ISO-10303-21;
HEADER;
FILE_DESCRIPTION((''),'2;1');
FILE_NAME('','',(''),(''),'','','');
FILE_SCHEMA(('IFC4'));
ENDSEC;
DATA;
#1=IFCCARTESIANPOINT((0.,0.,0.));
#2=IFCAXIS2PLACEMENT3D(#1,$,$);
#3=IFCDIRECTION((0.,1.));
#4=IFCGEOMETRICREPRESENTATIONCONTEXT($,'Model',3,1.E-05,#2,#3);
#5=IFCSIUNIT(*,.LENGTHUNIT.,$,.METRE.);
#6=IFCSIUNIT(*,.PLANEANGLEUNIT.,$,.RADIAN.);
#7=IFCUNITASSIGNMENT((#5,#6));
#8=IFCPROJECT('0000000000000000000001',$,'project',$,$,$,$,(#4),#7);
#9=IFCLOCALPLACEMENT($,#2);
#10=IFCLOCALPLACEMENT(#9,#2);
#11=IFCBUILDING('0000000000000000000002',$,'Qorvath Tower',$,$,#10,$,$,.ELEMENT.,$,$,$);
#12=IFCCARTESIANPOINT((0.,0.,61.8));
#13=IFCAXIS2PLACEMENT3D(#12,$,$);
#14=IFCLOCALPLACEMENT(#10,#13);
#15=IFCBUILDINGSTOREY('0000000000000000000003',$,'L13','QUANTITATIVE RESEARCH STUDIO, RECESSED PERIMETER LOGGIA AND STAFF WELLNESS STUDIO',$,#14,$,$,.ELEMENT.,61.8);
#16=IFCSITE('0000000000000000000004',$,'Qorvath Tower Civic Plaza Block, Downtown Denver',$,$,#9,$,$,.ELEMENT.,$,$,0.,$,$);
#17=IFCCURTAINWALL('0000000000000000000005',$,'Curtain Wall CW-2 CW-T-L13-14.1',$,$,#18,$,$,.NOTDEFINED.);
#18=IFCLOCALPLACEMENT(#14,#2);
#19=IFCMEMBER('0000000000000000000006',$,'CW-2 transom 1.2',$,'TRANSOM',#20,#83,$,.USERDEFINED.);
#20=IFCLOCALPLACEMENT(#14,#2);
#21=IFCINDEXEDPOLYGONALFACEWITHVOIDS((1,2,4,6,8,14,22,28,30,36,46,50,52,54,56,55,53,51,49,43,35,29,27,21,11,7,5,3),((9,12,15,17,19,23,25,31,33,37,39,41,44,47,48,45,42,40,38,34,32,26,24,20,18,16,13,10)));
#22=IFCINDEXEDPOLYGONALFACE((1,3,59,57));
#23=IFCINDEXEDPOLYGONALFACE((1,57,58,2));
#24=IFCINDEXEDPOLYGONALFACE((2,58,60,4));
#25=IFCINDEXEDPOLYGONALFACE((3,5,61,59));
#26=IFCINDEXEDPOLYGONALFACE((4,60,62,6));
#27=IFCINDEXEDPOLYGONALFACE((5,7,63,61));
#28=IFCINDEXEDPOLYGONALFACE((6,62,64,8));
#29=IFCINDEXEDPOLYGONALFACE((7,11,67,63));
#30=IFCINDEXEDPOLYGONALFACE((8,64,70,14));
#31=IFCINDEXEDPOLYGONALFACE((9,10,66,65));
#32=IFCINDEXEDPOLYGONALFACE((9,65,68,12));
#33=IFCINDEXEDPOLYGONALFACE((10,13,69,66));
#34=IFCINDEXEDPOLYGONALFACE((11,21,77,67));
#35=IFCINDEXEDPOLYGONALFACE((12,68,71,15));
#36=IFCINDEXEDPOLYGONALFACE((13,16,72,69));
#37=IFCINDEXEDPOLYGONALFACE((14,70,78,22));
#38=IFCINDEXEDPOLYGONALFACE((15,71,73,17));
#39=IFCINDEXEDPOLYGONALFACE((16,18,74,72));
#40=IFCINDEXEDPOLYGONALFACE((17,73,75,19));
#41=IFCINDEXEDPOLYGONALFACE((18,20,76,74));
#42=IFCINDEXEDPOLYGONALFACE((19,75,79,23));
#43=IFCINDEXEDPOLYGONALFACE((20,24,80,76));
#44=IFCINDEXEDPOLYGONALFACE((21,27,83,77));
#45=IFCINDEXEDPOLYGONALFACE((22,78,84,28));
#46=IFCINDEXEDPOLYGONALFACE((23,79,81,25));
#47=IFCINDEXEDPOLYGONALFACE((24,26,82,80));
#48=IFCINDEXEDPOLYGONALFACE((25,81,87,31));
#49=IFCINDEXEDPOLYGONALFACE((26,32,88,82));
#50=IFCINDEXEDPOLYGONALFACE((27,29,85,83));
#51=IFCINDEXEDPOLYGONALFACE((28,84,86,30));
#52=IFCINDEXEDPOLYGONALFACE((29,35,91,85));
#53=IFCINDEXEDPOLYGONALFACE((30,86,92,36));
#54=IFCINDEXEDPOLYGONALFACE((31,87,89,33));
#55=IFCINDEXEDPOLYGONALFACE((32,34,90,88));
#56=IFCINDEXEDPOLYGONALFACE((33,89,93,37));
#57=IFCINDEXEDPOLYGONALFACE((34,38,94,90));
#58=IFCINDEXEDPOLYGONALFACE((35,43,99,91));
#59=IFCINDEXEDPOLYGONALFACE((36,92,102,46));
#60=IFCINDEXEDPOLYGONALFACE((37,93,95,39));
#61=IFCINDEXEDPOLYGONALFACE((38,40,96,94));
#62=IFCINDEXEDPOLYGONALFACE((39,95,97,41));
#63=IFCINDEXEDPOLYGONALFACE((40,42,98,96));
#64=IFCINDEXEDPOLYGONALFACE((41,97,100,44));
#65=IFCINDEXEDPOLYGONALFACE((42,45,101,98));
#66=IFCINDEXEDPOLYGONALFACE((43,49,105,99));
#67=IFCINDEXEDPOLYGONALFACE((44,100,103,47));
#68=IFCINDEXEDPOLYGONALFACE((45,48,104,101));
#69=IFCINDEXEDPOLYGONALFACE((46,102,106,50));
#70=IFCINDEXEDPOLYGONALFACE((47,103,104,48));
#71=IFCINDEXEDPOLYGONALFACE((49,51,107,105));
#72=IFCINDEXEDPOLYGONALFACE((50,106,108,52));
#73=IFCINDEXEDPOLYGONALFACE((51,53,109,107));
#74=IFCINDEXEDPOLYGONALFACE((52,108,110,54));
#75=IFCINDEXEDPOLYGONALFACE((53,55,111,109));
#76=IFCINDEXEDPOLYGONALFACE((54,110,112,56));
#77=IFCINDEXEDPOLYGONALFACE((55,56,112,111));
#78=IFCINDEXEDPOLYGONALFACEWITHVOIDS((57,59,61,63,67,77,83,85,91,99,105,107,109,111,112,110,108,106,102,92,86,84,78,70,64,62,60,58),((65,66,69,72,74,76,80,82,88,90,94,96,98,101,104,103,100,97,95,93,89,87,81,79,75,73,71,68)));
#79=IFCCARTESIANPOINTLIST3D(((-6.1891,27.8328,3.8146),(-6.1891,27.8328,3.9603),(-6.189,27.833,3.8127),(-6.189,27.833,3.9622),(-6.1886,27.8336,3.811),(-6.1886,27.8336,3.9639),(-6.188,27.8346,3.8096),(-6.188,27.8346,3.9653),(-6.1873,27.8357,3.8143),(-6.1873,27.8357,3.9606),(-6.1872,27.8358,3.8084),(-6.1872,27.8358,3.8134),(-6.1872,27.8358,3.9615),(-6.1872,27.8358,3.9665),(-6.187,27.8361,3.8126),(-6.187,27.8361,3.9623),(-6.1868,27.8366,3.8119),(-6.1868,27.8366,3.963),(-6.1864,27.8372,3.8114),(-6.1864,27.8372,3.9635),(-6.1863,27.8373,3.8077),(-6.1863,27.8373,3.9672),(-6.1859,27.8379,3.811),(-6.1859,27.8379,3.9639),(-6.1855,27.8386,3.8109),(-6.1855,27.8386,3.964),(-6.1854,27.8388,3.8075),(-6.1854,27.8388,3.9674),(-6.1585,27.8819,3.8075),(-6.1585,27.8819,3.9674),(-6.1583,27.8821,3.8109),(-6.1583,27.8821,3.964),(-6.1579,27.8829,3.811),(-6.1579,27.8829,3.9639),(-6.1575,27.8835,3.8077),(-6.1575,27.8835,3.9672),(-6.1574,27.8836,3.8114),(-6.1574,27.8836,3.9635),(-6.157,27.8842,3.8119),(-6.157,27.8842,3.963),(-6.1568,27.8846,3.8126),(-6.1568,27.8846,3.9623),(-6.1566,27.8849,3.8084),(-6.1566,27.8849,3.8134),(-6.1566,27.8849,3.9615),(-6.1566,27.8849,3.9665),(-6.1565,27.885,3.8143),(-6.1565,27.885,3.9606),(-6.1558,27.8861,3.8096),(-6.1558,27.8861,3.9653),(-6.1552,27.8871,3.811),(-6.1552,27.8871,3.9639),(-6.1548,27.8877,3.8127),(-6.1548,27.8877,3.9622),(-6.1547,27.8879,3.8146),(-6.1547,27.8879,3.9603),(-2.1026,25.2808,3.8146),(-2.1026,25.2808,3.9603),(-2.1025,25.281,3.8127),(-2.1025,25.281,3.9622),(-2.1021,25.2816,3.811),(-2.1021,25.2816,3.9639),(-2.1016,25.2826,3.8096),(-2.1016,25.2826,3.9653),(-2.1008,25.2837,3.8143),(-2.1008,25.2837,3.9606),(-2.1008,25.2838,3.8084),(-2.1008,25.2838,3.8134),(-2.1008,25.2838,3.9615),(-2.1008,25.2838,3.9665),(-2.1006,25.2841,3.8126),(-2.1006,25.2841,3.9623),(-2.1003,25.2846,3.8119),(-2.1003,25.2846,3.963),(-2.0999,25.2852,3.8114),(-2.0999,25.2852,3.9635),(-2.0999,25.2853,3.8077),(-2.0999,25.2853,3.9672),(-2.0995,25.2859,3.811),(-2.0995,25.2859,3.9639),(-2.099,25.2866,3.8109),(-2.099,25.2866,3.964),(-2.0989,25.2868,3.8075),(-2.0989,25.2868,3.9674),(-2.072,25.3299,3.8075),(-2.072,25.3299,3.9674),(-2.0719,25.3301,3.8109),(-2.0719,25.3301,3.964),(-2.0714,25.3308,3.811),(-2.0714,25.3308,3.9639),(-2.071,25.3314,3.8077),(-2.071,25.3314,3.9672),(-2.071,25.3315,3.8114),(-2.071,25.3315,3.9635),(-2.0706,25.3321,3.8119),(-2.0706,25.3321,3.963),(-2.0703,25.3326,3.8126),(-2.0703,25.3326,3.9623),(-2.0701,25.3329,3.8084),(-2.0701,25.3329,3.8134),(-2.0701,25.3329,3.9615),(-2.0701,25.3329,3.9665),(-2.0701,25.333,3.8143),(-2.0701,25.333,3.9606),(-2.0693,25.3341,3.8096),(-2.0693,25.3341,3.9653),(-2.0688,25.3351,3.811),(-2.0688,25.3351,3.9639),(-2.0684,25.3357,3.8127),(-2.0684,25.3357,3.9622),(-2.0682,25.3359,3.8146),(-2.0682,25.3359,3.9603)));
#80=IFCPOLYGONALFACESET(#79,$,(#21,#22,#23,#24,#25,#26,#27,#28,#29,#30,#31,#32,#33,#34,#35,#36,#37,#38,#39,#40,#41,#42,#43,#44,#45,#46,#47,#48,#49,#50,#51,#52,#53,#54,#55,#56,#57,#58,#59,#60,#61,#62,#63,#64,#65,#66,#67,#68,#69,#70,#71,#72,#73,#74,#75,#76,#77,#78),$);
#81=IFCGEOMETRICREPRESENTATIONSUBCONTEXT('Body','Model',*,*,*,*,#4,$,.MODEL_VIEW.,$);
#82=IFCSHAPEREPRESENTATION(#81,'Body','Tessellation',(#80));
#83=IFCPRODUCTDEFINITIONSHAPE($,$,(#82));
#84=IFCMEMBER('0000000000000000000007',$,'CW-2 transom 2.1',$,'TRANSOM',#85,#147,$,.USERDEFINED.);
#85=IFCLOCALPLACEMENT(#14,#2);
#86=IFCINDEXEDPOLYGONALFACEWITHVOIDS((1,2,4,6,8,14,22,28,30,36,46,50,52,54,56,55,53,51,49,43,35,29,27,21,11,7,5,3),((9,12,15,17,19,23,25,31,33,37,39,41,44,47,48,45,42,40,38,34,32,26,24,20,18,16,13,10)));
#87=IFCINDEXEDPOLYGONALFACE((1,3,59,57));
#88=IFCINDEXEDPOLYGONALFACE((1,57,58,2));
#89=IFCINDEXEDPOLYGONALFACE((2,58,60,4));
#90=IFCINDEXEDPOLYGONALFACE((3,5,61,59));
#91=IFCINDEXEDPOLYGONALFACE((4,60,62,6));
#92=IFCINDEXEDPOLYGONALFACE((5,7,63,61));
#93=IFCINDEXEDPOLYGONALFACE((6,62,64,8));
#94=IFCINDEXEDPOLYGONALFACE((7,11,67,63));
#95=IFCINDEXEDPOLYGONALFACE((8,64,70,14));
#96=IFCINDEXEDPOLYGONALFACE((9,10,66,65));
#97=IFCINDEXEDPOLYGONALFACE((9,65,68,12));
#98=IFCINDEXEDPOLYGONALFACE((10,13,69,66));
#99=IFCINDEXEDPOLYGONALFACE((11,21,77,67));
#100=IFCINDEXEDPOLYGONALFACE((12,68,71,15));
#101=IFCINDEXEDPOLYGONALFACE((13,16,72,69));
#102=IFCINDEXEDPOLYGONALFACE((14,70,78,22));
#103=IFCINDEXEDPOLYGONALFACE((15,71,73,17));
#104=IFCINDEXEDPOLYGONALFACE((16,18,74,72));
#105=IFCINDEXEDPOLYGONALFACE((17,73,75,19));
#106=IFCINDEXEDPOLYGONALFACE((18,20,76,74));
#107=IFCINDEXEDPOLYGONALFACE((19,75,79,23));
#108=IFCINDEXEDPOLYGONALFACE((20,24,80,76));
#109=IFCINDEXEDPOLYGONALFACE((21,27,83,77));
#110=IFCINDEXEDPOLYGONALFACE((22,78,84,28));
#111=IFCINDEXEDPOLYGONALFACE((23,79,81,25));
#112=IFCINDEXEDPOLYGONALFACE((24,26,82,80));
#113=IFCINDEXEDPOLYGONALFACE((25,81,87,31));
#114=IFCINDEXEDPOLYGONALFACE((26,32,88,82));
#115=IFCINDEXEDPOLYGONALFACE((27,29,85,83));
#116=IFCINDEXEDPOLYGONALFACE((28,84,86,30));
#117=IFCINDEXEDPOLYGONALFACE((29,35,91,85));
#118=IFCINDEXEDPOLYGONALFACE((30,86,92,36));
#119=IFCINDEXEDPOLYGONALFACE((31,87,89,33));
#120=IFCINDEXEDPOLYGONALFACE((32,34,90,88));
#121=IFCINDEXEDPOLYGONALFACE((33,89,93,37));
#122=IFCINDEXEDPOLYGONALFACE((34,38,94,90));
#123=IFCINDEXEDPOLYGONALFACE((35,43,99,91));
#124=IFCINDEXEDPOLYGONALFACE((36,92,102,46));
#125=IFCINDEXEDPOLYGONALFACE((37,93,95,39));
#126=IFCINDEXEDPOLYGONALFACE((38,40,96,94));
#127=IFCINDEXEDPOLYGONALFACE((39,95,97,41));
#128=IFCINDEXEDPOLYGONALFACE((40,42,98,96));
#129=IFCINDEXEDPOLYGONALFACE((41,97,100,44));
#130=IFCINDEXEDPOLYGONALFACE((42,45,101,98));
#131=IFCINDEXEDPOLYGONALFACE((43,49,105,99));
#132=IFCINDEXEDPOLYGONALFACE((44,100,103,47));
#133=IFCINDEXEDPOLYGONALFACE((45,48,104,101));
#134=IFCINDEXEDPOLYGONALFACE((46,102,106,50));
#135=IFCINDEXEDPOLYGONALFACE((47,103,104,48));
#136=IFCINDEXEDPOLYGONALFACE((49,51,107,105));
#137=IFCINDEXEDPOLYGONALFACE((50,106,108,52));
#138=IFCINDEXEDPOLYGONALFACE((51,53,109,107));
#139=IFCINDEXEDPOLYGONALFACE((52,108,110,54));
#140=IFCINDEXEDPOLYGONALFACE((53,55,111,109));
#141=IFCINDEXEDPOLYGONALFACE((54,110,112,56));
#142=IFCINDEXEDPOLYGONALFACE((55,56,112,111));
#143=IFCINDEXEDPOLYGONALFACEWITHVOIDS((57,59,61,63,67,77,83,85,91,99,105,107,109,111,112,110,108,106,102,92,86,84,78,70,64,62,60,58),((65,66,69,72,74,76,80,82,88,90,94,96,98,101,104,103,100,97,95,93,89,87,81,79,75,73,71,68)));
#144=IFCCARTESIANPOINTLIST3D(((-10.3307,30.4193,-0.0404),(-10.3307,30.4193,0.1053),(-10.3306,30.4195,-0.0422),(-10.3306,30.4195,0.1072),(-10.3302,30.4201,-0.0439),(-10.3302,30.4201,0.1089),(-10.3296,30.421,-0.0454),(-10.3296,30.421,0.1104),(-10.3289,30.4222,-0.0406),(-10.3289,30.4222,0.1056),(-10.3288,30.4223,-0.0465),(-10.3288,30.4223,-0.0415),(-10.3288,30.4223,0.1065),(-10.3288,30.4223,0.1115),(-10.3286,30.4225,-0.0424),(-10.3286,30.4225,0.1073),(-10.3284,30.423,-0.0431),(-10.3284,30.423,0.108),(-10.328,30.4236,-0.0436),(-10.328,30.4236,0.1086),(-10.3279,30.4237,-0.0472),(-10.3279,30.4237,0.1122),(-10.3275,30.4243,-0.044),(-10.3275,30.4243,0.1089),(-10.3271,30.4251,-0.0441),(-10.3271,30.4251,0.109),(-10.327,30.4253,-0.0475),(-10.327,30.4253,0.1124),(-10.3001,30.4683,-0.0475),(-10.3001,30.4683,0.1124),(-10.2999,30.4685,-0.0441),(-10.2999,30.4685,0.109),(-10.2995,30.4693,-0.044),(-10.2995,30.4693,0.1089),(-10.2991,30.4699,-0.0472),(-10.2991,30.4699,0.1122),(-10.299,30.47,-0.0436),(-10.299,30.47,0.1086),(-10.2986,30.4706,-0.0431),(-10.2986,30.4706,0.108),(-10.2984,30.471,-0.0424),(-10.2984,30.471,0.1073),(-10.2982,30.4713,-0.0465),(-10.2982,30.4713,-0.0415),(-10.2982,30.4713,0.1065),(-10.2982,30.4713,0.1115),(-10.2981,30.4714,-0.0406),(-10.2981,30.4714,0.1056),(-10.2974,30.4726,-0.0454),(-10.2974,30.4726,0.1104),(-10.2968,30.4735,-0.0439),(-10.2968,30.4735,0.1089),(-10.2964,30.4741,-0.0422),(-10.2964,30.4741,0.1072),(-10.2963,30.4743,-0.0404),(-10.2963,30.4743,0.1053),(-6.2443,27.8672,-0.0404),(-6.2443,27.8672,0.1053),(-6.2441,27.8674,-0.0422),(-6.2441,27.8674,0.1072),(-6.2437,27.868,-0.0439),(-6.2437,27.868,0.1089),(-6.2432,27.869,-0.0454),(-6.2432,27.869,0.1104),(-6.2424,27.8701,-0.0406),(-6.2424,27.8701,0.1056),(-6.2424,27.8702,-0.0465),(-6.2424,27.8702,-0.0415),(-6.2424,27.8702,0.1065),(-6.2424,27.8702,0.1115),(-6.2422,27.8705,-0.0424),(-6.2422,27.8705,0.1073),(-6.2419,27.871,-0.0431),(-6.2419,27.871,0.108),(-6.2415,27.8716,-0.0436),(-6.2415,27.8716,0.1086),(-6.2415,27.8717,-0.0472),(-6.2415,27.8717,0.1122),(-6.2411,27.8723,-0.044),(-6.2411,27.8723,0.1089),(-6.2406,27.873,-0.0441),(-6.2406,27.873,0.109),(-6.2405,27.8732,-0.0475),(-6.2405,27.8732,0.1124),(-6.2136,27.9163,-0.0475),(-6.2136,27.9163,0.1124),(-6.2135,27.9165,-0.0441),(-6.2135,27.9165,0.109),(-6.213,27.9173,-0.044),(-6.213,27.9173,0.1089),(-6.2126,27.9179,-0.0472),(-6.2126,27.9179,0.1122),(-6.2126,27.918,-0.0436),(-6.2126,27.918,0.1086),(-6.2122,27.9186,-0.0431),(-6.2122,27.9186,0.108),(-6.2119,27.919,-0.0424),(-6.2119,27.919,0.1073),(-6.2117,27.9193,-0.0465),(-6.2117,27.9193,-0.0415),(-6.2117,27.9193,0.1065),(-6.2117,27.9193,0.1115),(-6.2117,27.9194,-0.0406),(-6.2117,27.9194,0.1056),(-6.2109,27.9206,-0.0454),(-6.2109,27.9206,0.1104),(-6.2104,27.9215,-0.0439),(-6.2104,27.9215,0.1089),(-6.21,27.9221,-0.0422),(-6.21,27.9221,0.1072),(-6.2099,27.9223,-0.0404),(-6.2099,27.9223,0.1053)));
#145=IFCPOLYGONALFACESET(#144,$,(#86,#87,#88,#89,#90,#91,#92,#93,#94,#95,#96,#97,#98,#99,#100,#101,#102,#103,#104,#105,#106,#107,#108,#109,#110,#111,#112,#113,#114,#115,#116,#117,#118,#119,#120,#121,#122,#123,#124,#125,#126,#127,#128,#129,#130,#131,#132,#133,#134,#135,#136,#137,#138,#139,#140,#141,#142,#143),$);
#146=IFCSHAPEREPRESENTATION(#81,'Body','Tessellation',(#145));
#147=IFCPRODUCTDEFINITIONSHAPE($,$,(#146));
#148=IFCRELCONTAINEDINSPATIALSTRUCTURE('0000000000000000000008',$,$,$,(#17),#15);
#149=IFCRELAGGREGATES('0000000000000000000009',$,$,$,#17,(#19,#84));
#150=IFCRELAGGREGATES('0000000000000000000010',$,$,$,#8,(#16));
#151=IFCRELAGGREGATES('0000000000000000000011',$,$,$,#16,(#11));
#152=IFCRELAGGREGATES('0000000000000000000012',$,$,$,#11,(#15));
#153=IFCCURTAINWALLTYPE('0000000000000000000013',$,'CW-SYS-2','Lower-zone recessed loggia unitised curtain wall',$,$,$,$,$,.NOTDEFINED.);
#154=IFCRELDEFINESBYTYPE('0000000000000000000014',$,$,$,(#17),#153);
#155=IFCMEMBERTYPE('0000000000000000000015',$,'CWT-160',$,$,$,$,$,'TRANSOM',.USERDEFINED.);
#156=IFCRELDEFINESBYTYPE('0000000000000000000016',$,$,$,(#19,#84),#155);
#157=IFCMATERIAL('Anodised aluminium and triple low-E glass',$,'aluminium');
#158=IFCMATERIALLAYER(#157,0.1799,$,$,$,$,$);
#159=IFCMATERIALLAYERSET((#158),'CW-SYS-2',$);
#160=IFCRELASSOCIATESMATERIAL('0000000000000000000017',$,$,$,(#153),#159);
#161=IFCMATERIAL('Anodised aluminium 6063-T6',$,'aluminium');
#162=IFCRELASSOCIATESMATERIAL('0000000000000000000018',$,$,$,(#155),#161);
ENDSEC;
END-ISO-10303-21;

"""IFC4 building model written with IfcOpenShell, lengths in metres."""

from ifc_helpers import new_model, si_unit, direction, frame, origin, origin_2d, place, context, subcontext, project, spatial, hollow_rectangle, extrude, material, layer, layer_set, material_profile, profile_set, type_object, element, aggregate, save


model = new_model("IFC4")

# Units and contexts
model_context = context("Model", 3, precision=1e-05, world=origin(), true_north=direction((0.0, 1.0)))
body_context = subcontext(model_context, "Body", "Model", "MODEL_VIEW")
ifc_project = project(units=[si_unit("LENGTHUNIT", "METRE"), si_unit("PLANEANGLEUNIT", "RADIAN")], contexts=[model_context])

# Site, building, storey
site_placement = place(None, origin())
site = spatial("IfcSite", under=ifc_project, at=site_placement, Name="Qorvath Tower Civic Plaza Block, Downtown Denver", CompositionType="ELEMENT", RefElevation=0.0)
building_placement = place(site_placement, origin())
building = spatial("IfcBuilding", under=site, at=building_placement, Name="Qorvath Tower", CompositionType="ELEMENT")
storey_placement = place(building_placement, frame((0.0, 0.0, 61.8)))
storey = spatial("IfcBuildingStorey", under=building, at=storey_placement, Name="L13", Description="QUANTITATIVE RESEARCH STUDIO, RECESSED PERIMETER LOGGIA AND STAFF WELLNESS STUDIO", CompositionType="ELEMENT", Elevation=61.8)

# Shared definitions
ifc_material_1 = material(Name="Anodised aluminium and triple low-E glass", Category="aluminium")
ifc_layer_1 = layer(ifc_material_1, 0.1799)
ifc_layer_set_1 = layer_set([ifc_layer_1], Name="CW-SYS-2")
curtain_wall_type = type_object("IfcCurtainWallType", Name="CW-SYS-2", Description="Lower-zone recessed loggia unitised curtain wall", PredefinedType="NOTDEFINED", material=ifc_layer_set_1)

# Curtain wall
curtain_wall_1_placement = place(storey_placement, origin())
curtain_wall_1 = element("IfcCurtainWall", 1, at=curtain_wall_1_placement, inside=storey, type_object=curtain_wall_type, Name="Curtain Wall CW-2 CW-T-L13-14.1", PredefinedType="NOTDEFINED")

# Members
ifc_material_2 = material(Name="Anodised aluminium 6063-T6", Category="aluminium")
ifc_material_profile_1 = material_profile(ifc_material_2, hollow_rectangle(XDim=0.0649, YDim=0.1599, WallThickness=0.0034, InnerFilletRadius=0.0034, OuterFilletRadius=0.0071, at=origin_2d()), Name="CWT 160x65")
ifc_profile_set_1 = profile_set([ifc_material_profile_1], Name="Anodised aluminium 6063-T6")
member_type_1 = type_object("IfcMemberType", Name="CWT-160", ElementType="TRANSOM", PredefinedType="USERDEFINED", material=ifc_profile_set_1)
member_1_placement = place(storey_placement, frame((-2.0854, 25.3083, 3.8875), z_axis=(-0.848186, 0.529698, 0.0), x_axis=(-0.529698, -0.848186, 0.0)))
member_1 = element("IfcMember", 2, at=member_1_placement, type_object=member_type_1, Name="CW-2 transom 1.2", ObjectType="TRANSOM", PredefinedType="USERDEFINED", context=body_context, shape_type="SweptSolid", body=[
    extrude(hollow_rectangle(XDim=0.0649, YDim=0.1599, WallThickness=0.0034, InnerFilletRadius=0.0034, OuterFilletRadius=0.0071, at=origin_2d()), origin(), (0.0, 0.0, 1.0), 4.8179),
])
member_2_placement = place(storey_placement, frame((-6.2271, 27.8948, 0.0325), z_axis=(-0.848186, 0.529698, 0.0), x_axis=(-0.529698, -0.848186, 0.0)))
member_2 = element("IfcMember", 3, at=member_2_placement, type_object=member_type_1, Name="CW-2 transom 2.1", ObjectType="TRANSOM", PredefinedType="USERDEFINED", context=body_context, shape_type="SweptSolid", body=[
    extrude(hollow_rectangle(XDim=0.0649, YDim=0.1599, WallThickness=0.0034, InnerFilletRadius=0.0034, OuterFilletRadius=0.0071, at=origin_2d()), origin(), (0.0, 0.0, 1.0), 4.8179),
])

aggregate(curtain_wall_1, [member_1, member_2])

save(model, "model.ifc")
